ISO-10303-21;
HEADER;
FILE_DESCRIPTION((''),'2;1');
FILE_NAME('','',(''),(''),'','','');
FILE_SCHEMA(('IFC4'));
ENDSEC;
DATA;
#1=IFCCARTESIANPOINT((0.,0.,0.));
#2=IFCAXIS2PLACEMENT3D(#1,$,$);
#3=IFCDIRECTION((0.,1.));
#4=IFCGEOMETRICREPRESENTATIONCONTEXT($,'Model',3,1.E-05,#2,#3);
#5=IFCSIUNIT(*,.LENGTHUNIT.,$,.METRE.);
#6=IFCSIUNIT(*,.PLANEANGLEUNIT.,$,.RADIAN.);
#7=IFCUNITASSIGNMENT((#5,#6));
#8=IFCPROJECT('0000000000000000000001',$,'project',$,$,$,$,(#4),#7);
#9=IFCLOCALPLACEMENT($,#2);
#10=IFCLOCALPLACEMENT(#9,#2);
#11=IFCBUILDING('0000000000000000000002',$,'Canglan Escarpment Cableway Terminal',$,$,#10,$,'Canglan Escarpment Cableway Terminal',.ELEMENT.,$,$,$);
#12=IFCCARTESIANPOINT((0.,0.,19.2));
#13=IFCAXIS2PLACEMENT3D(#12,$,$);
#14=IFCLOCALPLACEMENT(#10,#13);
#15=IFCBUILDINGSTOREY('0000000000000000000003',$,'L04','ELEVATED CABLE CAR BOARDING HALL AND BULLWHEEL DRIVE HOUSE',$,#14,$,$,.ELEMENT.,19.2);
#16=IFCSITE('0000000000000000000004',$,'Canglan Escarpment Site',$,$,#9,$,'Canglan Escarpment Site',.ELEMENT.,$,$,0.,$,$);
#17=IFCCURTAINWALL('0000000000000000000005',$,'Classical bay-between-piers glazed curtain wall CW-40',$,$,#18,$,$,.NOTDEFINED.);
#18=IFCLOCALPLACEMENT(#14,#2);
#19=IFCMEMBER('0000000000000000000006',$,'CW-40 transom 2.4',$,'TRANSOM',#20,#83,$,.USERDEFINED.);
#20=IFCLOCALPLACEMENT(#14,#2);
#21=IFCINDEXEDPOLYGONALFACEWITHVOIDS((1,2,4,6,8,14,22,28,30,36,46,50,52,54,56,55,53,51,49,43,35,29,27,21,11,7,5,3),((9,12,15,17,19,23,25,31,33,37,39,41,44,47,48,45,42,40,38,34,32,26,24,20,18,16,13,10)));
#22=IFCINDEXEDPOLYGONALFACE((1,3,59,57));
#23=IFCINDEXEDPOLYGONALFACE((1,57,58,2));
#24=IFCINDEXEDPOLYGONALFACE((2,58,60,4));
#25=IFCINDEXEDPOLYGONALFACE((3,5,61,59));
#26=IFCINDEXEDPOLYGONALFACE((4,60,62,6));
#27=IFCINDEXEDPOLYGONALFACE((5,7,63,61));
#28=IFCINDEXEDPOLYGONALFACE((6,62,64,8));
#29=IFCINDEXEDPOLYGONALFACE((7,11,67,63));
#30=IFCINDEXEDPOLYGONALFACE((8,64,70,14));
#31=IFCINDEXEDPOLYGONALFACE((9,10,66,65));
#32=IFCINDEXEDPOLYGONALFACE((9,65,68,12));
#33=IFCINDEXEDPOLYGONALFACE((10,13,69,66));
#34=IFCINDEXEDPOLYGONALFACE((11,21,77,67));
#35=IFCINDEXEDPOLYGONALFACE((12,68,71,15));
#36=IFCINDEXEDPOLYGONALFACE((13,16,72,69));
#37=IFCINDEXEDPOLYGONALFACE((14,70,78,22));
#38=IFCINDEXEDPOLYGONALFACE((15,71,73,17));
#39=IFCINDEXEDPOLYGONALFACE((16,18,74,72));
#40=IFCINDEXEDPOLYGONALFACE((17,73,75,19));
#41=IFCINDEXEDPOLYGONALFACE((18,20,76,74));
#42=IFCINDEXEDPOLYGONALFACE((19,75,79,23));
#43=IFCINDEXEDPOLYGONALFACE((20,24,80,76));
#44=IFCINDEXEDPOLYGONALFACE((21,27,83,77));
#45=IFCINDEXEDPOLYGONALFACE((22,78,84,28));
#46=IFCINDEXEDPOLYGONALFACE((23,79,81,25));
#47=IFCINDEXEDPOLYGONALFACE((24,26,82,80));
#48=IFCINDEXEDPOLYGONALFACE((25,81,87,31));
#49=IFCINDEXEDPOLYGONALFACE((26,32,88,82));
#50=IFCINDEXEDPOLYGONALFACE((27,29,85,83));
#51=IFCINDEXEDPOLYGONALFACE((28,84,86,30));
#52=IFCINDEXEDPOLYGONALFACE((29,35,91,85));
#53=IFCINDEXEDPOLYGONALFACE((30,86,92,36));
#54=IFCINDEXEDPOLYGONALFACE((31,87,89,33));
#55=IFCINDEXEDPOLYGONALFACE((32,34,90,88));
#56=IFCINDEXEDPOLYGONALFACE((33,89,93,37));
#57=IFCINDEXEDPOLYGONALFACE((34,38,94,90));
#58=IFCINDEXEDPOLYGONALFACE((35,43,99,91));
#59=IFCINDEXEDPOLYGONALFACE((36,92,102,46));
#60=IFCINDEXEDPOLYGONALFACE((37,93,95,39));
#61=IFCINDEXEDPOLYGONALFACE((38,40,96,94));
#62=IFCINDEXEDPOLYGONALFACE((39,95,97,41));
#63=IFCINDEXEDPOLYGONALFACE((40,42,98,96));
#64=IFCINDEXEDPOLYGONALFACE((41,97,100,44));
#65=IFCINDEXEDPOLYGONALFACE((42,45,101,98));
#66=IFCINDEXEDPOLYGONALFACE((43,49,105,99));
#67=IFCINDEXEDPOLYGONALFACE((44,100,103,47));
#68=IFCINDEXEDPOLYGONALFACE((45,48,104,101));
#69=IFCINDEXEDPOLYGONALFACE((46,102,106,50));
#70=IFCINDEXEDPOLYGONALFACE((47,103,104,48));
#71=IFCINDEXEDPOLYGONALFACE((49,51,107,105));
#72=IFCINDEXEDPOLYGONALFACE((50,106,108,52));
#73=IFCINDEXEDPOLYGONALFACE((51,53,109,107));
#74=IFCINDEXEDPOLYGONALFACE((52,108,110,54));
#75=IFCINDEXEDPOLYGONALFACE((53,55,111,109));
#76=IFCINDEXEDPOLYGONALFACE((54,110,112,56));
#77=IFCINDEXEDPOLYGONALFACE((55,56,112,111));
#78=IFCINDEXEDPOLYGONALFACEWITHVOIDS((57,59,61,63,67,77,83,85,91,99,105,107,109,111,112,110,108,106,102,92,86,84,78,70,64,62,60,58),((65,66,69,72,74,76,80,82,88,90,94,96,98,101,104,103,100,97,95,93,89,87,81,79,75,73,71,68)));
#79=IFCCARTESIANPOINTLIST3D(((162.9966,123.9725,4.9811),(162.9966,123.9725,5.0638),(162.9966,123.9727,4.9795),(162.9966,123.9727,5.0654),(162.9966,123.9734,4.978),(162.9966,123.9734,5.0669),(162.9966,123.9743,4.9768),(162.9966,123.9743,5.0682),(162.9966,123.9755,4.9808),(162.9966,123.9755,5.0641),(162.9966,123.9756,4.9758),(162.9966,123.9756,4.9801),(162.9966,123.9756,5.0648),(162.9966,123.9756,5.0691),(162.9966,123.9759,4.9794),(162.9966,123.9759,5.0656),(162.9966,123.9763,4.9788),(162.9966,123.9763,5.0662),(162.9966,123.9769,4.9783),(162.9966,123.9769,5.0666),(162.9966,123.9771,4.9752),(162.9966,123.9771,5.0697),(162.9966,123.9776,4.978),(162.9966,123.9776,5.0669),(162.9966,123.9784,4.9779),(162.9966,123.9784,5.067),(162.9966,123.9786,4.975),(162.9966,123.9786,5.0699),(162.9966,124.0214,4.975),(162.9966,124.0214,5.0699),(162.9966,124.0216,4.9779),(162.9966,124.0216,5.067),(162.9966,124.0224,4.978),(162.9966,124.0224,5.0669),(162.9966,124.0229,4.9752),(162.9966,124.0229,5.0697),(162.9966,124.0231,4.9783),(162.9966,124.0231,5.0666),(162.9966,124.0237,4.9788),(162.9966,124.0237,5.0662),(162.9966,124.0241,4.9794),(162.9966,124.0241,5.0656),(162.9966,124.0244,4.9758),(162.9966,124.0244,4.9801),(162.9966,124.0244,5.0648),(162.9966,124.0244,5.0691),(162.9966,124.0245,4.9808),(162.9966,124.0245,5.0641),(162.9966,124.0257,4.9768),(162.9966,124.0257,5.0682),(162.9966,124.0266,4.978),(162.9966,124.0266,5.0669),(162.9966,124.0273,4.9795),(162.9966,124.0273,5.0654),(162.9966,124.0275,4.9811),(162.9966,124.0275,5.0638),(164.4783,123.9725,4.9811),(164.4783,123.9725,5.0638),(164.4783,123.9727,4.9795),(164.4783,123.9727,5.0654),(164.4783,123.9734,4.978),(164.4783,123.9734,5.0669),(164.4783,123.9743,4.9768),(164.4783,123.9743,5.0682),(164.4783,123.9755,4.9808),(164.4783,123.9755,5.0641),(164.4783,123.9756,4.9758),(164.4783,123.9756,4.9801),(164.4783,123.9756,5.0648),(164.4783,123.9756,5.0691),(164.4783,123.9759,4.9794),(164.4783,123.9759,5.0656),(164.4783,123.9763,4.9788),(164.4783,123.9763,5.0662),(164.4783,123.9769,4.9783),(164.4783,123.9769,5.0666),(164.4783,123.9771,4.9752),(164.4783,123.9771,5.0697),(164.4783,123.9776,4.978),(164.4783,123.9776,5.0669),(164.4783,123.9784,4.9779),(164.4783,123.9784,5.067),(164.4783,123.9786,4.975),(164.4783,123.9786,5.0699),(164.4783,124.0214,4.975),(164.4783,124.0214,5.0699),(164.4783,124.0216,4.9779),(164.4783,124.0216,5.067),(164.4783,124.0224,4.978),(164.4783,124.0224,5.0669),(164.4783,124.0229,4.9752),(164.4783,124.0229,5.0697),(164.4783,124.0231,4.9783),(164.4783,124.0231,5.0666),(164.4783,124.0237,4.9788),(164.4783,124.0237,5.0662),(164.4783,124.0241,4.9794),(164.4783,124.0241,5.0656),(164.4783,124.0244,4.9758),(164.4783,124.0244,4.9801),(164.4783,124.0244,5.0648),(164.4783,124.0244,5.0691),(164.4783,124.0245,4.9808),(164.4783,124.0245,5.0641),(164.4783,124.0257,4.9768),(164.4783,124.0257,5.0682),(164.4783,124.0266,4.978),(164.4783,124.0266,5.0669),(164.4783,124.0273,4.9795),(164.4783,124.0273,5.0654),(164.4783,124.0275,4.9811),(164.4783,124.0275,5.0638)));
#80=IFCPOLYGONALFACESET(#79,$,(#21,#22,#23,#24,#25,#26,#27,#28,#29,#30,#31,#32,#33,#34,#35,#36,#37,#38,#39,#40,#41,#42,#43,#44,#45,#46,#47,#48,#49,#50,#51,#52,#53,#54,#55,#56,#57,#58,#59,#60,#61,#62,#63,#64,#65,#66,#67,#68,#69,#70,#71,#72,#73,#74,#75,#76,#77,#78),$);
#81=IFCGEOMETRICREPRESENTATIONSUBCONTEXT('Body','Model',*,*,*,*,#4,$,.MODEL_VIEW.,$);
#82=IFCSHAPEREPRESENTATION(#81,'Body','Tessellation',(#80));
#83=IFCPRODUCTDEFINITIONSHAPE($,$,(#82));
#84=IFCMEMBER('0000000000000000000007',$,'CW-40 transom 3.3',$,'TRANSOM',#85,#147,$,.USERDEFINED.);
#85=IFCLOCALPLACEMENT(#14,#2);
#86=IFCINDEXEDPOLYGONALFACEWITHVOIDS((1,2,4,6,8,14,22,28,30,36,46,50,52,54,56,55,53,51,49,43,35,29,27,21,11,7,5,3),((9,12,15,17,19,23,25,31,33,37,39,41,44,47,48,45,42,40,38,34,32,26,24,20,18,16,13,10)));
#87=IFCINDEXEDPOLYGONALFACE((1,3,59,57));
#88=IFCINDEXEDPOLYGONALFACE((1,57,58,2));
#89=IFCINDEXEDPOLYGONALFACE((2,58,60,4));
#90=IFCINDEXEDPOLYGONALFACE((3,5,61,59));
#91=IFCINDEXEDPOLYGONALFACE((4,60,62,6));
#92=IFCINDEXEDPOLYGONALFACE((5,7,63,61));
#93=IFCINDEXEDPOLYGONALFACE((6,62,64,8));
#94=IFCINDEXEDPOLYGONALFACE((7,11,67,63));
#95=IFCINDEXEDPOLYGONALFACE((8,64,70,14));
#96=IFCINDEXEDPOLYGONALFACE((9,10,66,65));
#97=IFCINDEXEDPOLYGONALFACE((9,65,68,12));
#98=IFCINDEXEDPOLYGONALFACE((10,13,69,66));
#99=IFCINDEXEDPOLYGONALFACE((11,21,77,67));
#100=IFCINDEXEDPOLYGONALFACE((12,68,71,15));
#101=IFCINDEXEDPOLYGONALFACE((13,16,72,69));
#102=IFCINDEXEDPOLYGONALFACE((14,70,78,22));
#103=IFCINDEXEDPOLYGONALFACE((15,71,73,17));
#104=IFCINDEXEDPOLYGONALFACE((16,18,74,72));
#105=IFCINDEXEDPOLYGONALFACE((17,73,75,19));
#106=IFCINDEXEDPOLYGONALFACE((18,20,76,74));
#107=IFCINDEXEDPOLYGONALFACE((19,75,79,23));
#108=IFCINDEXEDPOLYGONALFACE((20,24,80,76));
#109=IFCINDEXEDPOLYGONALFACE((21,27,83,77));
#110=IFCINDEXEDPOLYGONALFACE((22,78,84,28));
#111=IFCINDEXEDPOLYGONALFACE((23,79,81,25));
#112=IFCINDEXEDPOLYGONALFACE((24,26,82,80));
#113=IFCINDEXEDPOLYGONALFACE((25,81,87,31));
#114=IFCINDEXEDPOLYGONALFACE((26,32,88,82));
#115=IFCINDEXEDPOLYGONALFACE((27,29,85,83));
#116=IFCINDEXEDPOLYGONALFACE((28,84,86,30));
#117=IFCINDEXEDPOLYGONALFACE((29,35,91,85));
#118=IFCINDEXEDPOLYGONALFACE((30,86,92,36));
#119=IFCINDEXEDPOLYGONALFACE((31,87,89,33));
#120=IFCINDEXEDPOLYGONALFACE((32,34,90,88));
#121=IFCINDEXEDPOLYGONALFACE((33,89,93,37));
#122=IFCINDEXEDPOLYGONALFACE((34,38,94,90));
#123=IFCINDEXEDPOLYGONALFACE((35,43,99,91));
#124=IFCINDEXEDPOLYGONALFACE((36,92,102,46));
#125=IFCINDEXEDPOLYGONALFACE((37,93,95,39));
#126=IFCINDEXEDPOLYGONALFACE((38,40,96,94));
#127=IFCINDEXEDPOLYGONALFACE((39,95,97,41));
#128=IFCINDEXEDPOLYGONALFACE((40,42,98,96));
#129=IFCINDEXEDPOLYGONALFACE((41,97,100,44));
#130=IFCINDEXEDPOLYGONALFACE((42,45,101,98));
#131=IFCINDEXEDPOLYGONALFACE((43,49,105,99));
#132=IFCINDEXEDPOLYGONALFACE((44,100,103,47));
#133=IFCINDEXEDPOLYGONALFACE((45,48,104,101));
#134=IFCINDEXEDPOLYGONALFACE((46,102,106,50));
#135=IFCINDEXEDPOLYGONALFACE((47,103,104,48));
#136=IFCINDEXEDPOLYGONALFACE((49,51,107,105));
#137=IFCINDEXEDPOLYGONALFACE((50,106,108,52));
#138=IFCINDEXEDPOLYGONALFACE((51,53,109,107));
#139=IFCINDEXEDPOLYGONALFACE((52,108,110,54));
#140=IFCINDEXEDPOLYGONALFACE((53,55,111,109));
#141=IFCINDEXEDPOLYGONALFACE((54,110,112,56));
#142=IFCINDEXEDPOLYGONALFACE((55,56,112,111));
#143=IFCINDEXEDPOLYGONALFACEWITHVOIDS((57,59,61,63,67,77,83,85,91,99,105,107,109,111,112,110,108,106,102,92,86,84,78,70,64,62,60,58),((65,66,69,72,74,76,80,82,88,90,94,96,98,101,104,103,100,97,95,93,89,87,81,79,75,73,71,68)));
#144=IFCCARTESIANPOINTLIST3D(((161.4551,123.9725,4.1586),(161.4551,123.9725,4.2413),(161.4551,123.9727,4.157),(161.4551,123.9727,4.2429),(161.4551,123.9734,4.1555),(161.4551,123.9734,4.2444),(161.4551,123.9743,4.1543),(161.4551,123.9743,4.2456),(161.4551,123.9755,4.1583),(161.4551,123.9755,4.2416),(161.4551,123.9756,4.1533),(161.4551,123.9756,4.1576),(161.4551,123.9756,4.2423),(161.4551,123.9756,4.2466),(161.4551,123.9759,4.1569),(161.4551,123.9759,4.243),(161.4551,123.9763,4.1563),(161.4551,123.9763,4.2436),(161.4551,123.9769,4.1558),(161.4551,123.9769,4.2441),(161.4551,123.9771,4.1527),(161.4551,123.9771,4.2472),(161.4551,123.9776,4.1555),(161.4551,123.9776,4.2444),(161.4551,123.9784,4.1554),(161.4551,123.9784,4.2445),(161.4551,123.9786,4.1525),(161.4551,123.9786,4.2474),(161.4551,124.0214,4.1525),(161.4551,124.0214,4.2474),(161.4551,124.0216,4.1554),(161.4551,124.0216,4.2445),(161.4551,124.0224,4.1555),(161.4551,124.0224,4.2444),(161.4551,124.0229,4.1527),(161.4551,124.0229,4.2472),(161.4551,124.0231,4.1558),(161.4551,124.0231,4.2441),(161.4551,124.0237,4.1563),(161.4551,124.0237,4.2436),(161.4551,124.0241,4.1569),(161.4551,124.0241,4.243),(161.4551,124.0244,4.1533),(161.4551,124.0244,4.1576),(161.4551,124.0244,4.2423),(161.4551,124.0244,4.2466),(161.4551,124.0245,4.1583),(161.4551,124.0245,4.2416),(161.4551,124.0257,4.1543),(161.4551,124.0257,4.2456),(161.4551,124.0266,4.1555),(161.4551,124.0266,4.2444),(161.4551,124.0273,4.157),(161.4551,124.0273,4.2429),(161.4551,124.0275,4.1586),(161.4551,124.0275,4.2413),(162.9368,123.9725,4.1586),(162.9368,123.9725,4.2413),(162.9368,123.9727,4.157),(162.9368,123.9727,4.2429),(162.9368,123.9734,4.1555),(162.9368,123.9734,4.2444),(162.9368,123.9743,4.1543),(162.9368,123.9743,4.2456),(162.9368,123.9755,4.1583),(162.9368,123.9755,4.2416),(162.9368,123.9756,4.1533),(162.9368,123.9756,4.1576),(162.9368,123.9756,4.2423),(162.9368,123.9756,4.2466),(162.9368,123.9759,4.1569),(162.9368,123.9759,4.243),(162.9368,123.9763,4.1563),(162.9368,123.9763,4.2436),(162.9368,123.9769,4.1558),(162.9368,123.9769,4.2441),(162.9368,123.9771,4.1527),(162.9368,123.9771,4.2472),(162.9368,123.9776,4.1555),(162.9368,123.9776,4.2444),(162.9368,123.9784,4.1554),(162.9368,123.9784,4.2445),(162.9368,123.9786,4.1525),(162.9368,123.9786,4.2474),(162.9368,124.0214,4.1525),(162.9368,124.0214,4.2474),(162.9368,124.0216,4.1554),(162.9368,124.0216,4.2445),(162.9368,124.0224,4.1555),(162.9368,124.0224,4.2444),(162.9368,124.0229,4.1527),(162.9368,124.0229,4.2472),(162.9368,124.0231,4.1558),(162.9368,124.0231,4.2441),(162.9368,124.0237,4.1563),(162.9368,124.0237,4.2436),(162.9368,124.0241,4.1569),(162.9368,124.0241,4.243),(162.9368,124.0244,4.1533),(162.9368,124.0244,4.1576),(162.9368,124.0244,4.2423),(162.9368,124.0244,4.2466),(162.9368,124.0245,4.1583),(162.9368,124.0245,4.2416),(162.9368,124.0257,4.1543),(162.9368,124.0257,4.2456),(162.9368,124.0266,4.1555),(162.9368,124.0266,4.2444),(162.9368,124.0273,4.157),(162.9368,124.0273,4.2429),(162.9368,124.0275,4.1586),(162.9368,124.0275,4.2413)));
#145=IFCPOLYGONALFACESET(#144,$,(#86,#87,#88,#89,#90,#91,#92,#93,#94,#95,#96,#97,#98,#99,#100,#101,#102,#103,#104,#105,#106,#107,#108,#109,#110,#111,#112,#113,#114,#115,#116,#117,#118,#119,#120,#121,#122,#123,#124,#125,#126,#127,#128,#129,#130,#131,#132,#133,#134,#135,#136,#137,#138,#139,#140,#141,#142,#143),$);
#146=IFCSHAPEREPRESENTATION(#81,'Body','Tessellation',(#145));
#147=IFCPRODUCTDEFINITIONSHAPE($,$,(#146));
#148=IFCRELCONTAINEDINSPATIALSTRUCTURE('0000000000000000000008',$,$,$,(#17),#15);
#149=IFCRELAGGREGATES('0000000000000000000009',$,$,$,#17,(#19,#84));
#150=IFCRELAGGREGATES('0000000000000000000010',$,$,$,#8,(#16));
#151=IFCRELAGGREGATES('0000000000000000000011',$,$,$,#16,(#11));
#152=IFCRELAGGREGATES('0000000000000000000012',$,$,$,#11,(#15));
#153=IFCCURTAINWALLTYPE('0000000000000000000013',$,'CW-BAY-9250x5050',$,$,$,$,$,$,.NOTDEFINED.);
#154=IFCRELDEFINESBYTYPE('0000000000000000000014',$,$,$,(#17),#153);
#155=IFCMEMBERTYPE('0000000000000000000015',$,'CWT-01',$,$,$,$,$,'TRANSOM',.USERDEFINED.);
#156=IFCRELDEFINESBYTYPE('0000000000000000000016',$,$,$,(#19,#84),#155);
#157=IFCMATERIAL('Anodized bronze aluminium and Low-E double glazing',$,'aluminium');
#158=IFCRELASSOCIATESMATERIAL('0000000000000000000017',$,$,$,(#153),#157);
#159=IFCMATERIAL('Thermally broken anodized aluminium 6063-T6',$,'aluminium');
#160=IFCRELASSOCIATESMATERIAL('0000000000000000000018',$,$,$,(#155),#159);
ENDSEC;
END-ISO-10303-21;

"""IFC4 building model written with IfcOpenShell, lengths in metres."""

from ifc_helpers import new_model, si_unit, direction, frame, origin, origin_2d, place, context, subcontext, project, spatial, hollow_rectangle, extrude, material, material_profile, profile_set, type_object, element, aggregate, save


model = new_model("IFC4")

# Units and contexts
model_context = context("Model", 3, precision=1e-05, world=origin(), true_north=direction((0.0, 1.0)))
body_context = subcontext(model_context, "Body", "Model", "MODEL_VIEW")
ifc_project = project(units=[si_unit("LENGTHUNIT", "METRE"), si_unit("PLANEANGLEUNIT", "RADIAN")], contexts=[model_context])

# Site, building, storey
site_placement = place(None, origin())
site = spatial("IfcSite", under=ifc_project, at=site_placement, Name="Canglan Escarpment Site", LongName="Canglan Escarpment Site", CompositionType="ELEMENT", RefElevation=0.0)
building_placement = place(site_placement, origin())
building = spatial("IfcBuilding", under=site, at=building_placement, Name="Canglan Escarpment Cableway Terminal", LongName="Canglan Escarpment Cableway Terminal", CompositionType="ELEMENT")
storey_placement = place(building_placement, frame((0.0, 0.0, 19.2)))
storey = spatial("IfcBuildingStorey", under=building, at=storey_placement, Name="L04", Description="ELEVATED CABLE CAR BOARDING HALL AND BULLWHEEL DRIVE HOUSE", CompositionType="ELEMENT", Elevation=19.2)

# Curtain wall
ifc_material_1 = material(Name="Anodized bronze aluminium and Low-E double glazing", Category="aluminium")
curtain_wall_type_1 = type_object("IfcCurtainWallType", Name="CW-BAY-9250x5050", PredefinedType="NOTDEFINED", material=ifc_material_1)
curtain_wall_1_placement = place(storey_placement, origin())
curtain_wall_1 = element("IfcCurtainWall", 1, at=curtain_wall_1_placement, inside=storey, type_object=curtain_wall_type_1, Name="Classical bay-between-piers glazed curtain wall CW-40", PredefinedType="NOTDEFINED")
ifc_material_2 = material(Name="Thermally broken anodized aluminium 6063-T6", Category="aluminium")

# Members
ifc_material_profile_1 = material_profile(ifc_material_2, hollow_rectangle(XDim=0.0549, YDim=0.095, WallThickness=0.0029, InnerFilletRadius=0.0029, OuterFilletRadius=0.0061, at=origin_2d()), Name="ALU-TRAN 55x95x3")
ifc_profile_set_1 = profile_set([ifc_material_profile_1], Name="Thermally broken anodized aluminium 6063-T6")
member_type_1 = type_object("IfcMemberType", Name="CWT-01", ElementType="TRANSOM", PredefinedType="USERDEFINED", material=ifc_profile_set_1)
member_1_placement = place(storey_placement, frame((164.4783, 124.0, 5.0225), z_axis=(-1.0, 0.0, 0.0), x_axis=(0.0, -1.0, 0.0)))
member_1 = element("IfcMember", 2, at=member_1_placement, type_object=member_type_1, Name="CW-40 transom 2.4", ObjectType="TRANSOM", PredefinedType="USERDEFINED", context=body_context, shape_type="SweptSolid", body=[
    extrude(hollow_rectangle(XDim=0.0549, YDim=0.095, WallThickness=0.0029, InnerFilletRadius=0.0029, OuterFilletRadius=0.0061, at=origin_2d()), origin(), (0.0, 0.0, 1.0), 1.4817),
])
member_2_placement = place(storey_placement, frame((162.9368, 124.0, 4.2), z_axis=(-1.0, 0.0, 0.0), x_axis=(0.0, -1.0, 0.0)))
member_2 = element("IfcMember", 3, at=member_2_placement, type_object=member_type_1, Name="CW-40 transom 3.3", ObjectType="TRANSOM", PredefinedType="USERDEFINED", context=body_context, shape_type="SweptSolid", body=[
    extrude(hollow_rectangle(XDim=0.0549, YDim=0.095, WallThickness=0.0029, InnerFilletRadius=0.0029, OuterFilletRadius=0.0061, at=origin_2d()), origin(), (0.0, 0.0, 1.0), 1.4817),
])

aggregate(curtain_wall_1, [member_1, member_2])

save(model, "model.ifc")
